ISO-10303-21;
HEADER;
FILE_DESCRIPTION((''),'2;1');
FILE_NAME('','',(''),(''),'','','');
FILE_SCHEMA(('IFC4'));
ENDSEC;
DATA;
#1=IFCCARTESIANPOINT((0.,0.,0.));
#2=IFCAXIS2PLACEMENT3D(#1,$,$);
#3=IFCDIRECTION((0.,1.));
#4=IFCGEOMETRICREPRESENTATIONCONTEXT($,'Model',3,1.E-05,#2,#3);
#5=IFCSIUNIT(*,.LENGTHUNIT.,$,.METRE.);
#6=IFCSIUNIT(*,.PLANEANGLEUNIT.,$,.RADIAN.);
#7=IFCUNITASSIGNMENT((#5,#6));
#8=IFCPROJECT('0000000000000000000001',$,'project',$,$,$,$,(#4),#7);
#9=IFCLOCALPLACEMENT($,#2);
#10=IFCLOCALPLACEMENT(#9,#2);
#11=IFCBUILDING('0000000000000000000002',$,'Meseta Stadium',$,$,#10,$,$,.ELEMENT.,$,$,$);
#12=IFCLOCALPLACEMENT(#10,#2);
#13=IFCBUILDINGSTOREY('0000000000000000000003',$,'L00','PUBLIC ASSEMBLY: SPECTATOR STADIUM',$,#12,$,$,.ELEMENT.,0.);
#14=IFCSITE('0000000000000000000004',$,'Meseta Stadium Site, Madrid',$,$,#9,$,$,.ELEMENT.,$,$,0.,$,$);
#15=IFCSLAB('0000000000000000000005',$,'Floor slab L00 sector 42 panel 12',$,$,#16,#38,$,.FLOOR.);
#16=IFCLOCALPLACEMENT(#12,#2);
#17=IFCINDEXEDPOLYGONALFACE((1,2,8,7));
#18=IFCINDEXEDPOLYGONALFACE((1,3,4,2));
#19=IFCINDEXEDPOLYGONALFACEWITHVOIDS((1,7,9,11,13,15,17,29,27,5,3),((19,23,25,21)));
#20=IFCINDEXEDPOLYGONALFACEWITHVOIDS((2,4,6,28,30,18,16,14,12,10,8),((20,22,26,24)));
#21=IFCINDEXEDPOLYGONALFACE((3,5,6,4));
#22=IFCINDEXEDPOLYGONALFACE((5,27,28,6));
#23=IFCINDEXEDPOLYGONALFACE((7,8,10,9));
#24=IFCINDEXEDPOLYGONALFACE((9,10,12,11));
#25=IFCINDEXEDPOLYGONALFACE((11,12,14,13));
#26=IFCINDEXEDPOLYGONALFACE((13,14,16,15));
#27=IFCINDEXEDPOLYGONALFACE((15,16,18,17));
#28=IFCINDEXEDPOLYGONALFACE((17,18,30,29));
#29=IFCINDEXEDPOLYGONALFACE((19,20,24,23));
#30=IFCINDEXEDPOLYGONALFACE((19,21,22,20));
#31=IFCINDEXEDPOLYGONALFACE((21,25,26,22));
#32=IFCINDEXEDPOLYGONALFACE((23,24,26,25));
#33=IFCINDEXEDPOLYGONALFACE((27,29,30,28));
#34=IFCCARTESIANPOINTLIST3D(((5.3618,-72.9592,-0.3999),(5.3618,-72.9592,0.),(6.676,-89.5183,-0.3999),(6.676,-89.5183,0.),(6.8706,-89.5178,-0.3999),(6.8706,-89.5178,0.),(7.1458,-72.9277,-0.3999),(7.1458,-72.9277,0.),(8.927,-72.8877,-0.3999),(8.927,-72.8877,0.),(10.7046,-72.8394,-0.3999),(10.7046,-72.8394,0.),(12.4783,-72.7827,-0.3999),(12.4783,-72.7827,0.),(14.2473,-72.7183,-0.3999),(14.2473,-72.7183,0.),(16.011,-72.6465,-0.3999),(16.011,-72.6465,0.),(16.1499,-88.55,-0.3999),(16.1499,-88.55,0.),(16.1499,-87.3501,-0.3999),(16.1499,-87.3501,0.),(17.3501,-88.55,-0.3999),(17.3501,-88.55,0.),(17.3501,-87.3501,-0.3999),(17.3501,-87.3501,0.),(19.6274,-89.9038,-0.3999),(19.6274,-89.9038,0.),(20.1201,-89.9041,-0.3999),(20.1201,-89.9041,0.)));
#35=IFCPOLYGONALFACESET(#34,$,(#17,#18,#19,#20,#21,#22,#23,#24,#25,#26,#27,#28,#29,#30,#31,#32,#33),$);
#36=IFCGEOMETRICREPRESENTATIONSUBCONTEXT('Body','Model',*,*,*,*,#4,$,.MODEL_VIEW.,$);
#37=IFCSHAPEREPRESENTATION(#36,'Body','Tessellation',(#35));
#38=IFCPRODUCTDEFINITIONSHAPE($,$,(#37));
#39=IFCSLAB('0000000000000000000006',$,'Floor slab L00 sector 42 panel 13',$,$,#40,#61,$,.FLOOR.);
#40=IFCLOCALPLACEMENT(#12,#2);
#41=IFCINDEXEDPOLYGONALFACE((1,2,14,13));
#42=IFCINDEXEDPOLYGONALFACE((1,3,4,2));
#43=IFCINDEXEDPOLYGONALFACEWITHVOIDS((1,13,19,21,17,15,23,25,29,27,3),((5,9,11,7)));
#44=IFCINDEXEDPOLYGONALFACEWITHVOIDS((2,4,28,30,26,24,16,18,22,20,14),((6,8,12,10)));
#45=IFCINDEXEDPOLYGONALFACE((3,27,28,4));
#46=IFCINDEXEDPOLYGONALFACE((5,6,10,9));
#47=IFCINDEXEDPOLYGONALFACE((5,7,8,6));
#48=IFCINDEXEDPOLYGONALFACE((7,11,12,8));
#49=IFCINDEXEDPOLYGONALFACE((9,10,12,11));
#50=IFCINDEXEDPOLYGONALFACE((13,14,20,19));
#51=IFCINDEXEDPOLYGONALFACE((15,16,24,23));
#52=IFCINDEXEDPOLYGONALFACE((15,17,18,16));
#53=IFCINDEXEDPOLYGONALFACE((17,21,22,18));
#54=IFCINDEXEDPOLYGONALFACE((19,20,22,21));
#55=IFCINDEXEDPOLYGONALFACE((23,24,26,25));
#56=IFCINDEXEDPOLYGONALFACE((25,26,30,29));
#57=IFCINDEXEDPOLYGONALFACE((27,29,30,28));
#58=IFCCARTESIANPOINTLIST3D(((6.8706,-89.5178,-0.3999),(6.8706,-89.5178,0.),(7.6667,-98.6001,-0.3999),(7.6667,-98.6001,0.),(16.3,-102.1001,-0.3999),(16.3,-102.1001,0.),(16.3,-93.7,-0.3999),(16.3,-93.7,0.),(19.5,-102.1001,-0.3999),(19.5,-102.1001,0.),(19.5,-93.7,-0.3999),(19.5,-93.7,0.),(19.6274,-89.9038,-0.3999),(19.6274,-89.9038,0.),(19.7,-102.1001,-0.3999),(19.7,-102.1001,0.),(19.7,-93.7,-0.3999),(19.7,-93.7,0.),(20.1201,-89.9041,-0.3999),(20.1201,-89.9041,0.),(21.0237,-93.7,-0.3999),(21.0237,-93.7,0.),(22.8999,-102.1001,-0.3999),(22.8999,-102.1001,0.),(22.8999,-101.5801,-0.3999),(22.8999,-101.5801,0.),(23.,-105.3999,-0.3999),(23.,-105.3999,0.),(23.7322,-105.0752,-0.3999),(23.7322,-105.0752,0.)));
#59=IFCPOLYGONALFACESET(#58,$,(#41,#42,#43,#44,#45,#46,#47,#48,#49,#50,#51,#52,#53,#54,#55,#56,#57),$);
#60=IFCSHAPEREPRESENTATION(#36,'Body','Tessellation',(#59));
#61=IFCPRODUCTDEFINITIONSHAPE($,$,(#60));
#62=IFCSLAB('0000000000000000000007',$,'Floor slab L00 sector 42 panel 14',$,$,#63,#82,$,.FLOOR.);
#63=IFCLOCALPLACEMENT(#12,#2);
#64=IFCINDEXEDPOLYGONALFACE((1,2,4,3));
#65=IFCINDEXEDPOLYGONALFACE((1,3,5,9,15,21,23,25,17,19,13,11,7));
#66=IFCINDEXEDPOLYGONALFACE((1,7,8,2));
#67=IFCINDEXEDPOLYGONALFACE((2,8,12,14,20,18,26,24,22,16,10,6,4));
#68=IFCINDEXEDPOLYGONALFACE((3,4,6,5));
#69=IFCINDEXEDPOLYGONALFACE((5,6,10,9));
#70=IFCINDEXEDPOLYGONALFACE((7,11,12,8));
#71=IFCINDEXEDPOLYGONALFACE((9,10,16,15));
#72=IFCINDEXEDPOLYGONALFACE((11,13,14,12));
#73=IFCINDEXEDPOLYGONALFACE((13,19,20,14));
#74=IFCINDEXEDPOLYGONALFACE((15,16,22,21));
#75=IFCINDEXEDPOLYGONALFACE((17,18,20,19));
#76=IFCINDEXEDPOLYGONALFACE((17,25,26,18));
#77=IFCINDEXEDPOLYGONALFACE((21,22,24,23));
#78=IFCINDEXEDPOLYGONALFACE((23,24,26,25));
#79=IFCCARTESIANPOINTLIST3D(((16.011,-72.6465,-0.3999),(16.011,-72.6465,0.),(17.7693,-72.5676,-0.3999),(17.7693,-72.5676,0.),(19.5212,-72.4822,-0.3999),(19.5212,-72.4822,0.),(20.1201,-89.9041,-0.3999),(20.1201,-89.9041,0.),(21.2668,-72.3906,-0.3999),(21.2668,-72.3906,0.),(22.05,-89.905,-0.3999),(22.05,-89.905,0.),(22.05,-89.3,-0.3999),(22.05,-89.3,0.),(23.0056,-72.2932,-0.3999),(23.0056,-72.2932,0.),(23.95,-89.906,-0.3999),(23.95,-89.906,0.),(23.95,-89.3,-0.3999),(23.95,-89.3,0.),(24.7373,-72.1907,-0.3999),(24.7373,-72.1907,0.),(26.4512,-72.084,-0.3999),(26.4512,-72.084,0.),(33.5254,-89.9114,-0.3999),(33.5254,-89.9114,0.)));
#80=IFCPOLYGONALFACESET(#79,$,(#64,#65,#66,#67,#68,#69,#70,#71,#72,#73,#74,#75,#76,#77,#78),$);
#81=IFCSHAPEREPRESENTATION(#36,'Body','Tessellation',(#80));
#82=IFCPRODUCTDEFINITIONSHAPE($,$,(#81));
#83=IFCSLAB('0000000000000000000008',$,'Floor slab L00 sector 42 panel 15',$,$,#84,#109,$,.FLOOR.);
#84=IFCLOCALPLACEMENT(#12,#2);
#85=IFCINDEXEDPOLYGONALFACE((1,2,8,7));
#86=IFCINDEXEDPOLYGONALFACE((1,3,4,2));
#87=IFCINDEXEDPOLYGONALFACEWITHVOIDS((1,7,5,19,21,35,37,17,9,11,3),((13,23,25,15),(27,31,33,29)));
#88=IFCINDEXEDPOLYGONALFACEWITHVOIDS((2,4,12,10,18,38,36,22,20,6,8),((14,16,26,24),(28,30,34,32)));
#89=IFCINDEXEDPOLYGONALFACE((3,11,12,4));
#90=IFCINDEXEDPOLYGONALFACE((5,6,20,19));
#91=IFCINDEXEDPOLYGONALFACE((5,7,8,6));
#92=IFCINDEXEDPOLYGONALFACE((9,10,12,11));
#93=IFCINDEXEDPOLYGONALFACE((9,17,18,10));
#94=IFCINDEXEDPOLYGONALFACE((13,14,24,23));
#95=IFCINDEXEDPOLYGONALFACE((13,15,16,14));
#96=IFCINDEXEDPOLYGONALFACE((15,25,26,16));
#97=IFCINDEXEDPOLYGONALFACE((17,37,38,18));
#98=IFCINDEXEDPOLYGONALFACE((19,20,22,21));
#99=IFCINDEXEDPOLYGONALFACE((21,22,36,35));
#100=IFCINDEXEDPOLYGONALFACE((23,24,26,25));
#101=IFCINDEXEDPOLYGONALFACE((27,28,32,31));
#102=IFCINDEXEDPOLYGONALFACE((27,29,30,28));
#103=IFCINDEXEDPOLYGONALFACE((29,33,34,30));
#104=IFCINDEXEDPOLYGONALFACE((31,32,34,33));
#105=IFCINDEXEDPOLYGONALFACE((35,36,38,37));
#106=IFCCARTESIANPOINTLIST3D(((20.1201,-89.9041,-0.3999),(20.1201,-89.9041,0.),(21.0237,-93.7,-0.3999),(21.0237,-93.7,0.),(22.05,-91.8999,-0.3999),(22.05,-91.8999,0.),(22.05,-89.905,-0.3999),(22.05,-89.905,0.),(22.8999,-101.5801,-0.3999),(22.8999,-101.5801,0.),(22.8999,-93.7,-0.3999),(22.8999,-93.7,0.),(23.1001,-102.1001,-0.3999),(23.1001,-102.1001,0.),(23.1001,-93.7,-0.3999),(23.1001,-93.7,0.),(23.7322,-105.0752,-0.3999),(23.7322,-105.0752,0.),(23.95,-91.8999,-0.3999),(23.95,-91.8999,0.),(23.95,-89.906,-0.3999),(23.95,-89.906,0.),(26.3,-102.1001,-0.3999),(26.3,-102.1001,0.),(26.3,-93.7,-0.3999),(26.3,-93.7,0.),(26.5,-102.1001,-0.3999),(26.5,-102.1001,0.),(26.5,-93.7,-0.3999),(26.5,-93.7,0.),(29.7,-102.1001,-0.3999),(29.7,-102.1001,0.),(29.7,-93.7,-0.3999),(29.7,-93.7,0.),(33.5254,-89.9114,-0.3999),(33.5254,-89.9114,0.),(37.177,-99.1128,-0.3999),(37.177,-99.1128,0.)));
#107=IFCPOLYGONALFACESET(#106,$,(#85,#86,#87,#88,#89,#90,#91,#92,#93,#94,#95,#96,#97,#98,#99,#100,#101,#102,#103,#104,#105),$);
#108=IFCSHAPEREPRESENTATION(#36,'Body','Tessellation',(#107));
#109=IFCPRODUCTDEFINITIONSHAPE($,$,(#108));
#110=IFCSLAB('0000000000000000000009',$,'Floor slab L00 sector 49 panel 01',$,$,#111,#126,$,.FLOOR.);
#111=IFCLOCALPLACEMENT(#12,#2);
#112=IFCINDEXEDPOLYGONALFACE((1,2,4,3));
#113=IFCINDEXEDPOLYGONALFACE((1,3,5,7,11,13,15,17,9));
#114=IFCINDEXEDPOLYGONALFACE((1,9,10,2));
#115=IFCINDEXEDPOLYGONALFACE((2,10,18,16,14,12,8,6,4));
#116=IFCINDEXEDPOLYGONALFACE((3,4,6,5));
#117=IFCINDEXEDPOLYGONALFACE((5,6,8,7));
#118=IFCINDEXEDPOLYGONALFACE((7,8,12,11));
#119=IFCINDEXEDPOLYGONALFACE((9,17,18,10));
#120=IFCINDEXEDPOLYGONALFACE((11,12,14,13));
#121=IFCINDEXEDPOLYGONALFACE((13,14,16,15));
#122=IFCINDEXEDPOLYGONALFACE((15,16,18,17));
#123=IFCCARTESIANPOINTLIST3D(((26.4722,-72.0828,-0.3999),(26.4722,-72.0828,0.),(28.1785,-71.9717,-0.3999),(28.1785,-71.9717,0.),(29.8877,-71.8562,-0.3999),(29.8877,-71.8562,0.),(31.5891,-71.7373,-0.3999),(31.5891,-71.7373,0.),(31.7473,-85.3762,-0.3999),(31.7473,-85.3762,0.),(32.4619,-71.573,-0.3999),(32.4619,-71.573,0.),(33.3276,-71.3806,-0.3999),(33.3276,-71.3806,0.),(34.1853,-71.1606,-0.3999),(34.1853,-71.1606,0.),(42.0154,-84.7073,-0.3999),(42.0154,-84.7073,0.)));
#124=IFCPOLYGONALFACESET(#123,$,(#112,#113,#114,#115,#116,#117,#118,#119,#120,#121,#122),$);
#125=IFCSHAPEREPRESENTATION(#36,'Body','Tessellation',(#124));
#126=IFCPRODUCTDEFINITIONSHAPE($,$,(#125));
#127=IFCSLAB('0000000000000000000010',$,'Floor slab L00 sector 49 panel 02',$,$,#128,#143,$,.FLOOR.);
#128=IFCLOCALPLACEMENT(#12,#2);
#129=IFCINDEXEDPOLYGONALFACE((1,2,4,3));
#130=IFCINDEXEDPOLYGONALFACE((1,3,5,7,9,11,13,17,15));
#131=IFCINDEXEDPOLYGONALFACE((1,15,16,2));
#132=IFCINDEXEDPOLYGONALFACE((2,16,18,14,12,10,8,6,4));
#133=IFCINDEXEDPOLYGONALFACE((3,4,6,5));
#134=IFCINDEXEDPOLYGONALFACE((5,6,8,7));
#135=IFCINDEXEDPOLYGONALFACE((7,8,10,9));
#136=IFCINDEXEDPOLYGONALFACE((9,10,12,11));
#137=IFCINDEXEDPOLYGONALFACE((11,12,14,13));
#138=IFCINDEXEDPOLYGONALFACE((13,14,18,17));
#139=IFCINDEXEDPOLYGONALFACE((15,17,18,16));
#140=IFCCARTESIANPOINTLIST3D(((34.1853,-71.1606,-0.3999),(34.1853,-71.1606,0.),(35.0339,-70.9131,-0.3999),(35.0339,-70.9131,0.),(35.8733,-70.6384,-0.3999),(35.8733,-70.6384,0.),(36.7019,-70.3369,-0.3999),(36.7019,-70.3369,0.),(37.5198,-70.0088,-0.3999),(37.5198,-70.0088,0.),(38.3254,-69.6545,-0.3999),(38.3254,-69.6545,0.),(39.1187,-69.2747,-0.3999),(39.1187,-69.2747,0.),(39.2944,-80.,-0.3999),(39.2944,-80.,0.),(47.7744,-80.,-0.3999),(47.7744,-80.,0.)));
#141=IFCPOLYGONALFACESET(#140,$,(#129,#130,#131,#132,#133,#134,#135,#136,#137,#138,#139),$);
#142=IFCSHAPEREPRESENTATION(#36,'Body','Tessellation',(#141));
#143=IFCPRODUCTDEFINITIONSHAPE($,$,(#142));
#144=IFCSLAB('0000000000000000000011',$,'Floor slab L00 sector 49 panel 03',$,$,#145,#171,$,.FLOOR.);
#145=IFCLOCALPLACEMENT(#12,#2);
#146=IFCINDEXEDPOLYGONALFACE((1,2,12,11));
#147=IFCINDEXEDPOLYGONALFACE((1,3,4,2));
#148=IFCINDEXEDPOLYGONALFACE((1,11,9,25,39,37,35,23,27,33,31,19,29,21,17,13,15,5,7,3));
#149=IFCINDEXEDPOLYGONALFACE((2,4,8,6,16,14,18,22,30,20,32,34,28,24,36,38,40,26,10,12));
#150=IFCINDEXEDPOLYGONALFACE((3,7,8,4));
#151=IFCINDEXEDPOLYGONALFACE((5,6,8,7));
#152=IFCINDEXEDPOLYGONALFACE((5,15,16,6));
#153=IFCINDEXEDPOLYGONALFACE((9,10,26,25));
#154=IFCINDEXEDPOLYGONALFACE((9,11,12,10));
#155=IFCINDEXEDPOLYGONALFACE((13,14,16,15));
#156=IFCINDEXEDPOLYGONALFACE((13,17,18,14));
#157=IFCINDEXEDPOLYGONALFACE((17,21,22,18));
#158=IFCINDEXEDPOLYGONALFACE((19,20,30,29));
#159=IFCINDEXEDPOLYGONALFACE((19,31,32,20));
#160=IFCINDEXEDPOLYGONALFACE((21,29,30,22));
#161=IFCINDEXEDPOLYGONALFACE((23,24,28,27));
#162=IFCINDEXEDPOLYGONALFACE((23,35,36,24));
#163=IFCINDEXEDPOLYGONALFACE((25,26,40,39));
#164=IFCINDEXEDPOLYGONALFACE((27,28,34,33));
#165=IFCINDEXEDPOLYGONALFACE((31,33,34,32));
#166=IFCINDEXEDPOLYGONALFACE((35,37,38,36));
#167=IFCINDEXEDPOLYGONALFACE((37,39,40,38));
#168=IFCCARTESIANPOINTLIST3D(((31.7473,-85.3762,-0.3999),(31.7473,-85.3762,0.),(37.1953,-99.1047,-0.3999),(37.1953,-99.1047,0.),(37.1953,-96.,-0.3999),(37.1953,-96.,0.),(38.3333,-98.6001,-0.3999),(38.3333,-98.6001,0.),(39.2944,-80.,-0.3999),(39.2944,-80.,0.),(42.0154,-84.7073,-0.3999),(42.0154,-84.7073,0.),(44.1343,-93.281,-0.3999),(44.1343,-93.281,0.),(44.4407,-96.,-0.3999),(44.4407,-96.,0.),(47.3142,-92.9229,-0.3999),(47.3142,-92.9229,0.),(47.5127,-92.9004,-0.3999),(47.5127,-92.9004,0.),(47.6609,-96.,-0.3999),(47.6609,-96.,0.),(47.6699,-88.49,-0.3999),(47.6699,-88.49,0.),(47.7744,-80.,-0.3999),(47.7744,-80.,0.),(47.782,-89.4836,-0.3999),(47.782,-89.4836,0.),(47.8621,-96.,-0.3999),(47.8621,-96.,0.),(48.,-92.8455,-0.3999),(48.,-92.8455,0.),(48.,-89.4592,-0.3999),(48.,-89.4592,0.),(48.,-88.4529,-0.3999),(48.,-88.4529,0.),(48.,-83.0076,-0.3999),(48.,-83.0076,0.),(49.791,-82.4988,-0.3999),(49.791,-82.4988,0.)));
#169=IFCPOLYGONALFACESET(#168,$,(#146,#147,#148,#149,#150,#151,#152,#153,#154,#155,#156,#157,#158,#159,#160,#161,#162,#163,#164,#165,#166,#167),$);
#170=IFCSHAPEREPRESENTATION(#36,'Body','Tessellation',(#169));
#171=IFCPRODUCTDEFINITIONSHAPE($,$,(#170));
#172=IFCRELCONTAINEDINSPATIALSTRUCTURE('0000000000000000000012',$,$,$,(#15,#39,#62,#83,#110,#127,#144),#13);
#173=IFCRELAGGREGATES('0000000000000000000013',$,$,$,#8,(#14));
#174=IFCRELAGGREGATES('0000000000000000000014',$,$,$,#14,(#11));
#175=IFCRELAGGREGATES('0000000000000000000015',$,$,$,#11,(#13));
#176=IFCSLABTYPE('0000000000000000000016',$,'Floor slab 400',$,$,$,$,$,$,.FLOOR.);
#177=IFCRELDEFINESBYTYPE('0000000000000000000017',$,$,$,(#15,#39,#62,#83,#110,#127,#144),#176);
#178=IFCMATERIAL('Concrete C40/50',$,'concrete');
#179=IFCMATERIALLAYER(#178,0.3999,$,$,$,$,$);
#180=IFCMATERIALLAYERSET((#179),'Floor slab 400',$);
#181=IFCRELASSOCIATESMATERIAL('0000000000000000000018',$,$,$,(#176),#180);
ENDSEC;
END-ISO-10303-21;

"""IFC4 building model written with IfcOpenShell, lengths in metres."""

from ifc_helpers import new_model, si_unit, direction, frame, origin, place, context, subcontext, project, spatial, polyline, outline, extrude, material, layer, layer_set, type_object, element, save


model = new_model("IFC4")

# Units and contexts
model_context = context("Model", 3, precision=1e-05, world=origin(), true_north=direction((0.0, 1.0)))
body_context = subcontext(model_context, "Body", "Model", "MODEL_VIEW")
ifc_project = project(units=[si_unit("LENGTHUNIT", "METRE"), si_unit("PLANEANGLEUNIT", "RADIAN")], contexts=[model_context])

# Site, building, storey
site_placement = place(None, origin())
site = spatial("IfcSite", under=ifc_project, at=site_placement, Name="Meseta Stadium Site, Madrid", CompositionType="ELEMENT", RefElevation=0.0)
building_placement = place(site_placement, origin())
building = spatial("IfcBuilding", under=site, at=building_placement, Name="Meseta Stadium", CompositionType="ELEMENT")
storey_placement = place(building_placement, origin())
storey = spatial("IfcBuildingStorey", under=building, at=storey_placement, Name="L00", Description="PUBLIC ASSEMBLY: SPECTATOR STADIUM", CompositionType="ELEMENT", Elevation=0.0)

# Slabs
ifc_material = material(Name="Concrete C40/50", Category="concrete")
ifc_layer = layer(ifc_material, 0.3999)
ifc_layer_set = layer_set([ifc_layer], Name="Floor slab 400")
slab_type = type_object("IfcSlabType", Name="Floor slab 400", PredefinedType="FLOOR", material=ifc_layer_set)
slab_1_placement = place(storey_placement, frame((0.0, 0.0, -0.3999)))
element("IfcSlab", 1, at=slab_1_placement, inside=storey, type_object=slab_type, Name="Floor slab L00 sector 42 panel 12", PredefinedType="FLOOR", context=body_context, shape_type="SweptSolid", body=[
    extrude(outline(polyline([(19.6274, -89.9038), (20.1201, -89.9041), (16.011, -72.6465), (14.2473, -72.7183), (12.4783, -72.7827), (10.7046, -72.8394), (8.927, -72.8877), (7.1458, -72.9277), (5.3618, -72.9592), (6.676, -89.5183), (6.8706, -89.5178), (19.6274, -89.9038)]), holes=[polyline([(17.3501, -88.55), (16.1499, -88.55), (16.1499, -87.3501), (17.3501, -87.3501), (17.3501, -88.55)])]), origin(), (0.0, 0.0, 1.0), 0.3999),
])
slab_2_placement = place(storey_placement, frame((0.0, 0.0, -0.3999)))
element("IfcSlab", 2, at=slab_2_placement, inside=storey, type_object=slab_type, Name="Floor slab L00 sector 42 panel 13", PredefinedType="FLOOR", context=body_context, shape_type="SweptSolid", body=[
    extrude(outline(polyline([(19.6274, -89.9038), (6.8706, -89.5178), (7.6667, -98.6001), (23.0, -105.3999), (23.7322, -105.0752), (22.8999, -101.5801), (22.8999, -102.1001), (19.7, -102.1001), (19.7, -93.7), (21.0237, -93.7), (20.1201, -89.9041), (19.6274, -89.9038)]), holes=[polyline([(16.3, -93.7), (19.5, -93.7), (19.5, -102.1001), (16.3, -102.1001), (16.3, -93.7)])]), origin(), (0.0, 0.0, 1.0), 0.3999),
])
slab_3_placement = place(storey_placement, frame((0.0, 0.0, -0.3999)))
element("IfcSlab", 3, at=slab_3_placement, inside=storey, type_object=slab_type, Name="Floor slab L00 sector 42 panel 14", PredefinedType="FLOOR", context=body_context, shape_type="SweptSolid", body=[
    extrude(outline(polyline([(26.4512, -72.084), (24.7373, -72.1907), (23.0056, -72.2932), (21.2668, -72.3906), (19.5212, -72.4822), (17.7693, -72.5676), (16.011, -72.6465), (20.1201, -89.9041), (22.05, -89.905), (22.05, -89.3), (23.95, -89.3), (23.95, -89.906), (33.5254, -89.9114), (26.4512, -72.084)])), origin(), (0.0, 0.0, 1.0), 0.3999),
])
slab_4_placement = place(storey_placement, frame((0.0, 0.0, -0.3999)))
element("IfcSlab", 4, at=slab_4_placement, inside=storey, type_object=slab_type, Name="Floor slab L00 sector 42 panel 15", PredefinedType="FLOOR", context=body_context, shape_type="SweptSolid", body=[
    extrude(outline(polyline([(23.7322, -105.0752), (37.177, -99.1128), (33.5254, -89.9114), (23.95, -89.906), (23.95, -91.8999), (22.05, -91.8999), (22.05, -89.905), (20.1201, -89.9041), (21.0237, -93.7), (22.8999, -93.7), (22.8999, -101.5801), (23.7322, -105.0752)]), holes=[polyline([(23.1001, -93.7), (26.3, -93.7), (26.3, -102.1001), (23.1001, -102.1001), (23.1001, -93.7)]), polyline([(26.5, -93.7), (29.7, -93.7), (29.7, -102.1001), (26.5, -102.1001), (26.5, -93.7)])]), origin(), (0.0, 0.0, 1.0), 0.3999),
])
slab_5_placement = place(storey_placement, frame((0.0, 0.0, -0.3999)))
element("IfcSlab", 5, at=slab_5_placement, inside=storey, type_object=slab_type, Name="Floor slab L00 sector 49 panel 01", PredefinedType="FLOOR", context=body_context, shape_type="SweptSolid", body=[
    extrude(outline(polyline([(26.4722, -72.0828), (31.7473, -85.3762), (42.0154, -84.7073), (34.1853, -71.1606), (33.3276, -71.3806), (32.4619, -71.573), (31.5891, -71.7373), (29.8877, -71.8562), (28.1785, -71.9717), (26.4722, -72.0828)])), origin(), (0.0, 0.0, 1.0), 0.3999),
])
slab_6_placement = place(storey_placement, frame((0.0, 0.0, -0.3999)))
element("IfcSlab", 6, at=slab_6_placement, inside=storey, type_object=slab_type, Name="Floor slab L00 sector 49 panel 02", PredefinedType="FLOOR", context=body_context, shape_type="SweptSolid", body=[
    extrude(outline(polyline([(47.7744, -80.0), (39.1187, -69.2747), (38.3254, -69.6545), (37.5198, -70.0088), (36.7019, -70.3369), (35.8733, -70.6384), (35.0339, -70.9131), (34.1853, -71.1606), (39.2944, -80.0), (47.7744, -80.0)])), origin(), (0.0, 0.0, 1.0), 0.3999),
])
slab_7_placement = place(storey_placement, frame((0.0, 0.0, -0.3999)))
element("IfcSlab", 7, at=slab_7_placement, inside=storey, type_object=slab_type, Name="Floor slab L00 sector 49 panel 03", PredefinedType="FLOOR", context=body_context, shape_type="SweptSolid", body=[
    extrude(outline(polyline([(47.7744, -80.0), (39.2944, -80.0), (42.0154, -84.7073), (31.7473, -85.3762), (37.1953, -99.1047), (38.3333, -98.6001), (37.1953, -96.0), (44.4407, -96.0), (44.1343, -93.281), (47.3142, -92.9229), (47.6609, -96.0), (47.8621, -96.0), (47.5127, -92.9004), (48.0, -92.8455), (48.0, -89.4592), (47.782, -89.4836), (47.6699, -88.49), (48.0, -88.4529), (48.0, -83.0076), (49.791, -82.4988), (47.7744, -80.0)])), origin(), (0.0, 0.0, 1.0), 0.3999),
])

save(model, "model.ifc")
